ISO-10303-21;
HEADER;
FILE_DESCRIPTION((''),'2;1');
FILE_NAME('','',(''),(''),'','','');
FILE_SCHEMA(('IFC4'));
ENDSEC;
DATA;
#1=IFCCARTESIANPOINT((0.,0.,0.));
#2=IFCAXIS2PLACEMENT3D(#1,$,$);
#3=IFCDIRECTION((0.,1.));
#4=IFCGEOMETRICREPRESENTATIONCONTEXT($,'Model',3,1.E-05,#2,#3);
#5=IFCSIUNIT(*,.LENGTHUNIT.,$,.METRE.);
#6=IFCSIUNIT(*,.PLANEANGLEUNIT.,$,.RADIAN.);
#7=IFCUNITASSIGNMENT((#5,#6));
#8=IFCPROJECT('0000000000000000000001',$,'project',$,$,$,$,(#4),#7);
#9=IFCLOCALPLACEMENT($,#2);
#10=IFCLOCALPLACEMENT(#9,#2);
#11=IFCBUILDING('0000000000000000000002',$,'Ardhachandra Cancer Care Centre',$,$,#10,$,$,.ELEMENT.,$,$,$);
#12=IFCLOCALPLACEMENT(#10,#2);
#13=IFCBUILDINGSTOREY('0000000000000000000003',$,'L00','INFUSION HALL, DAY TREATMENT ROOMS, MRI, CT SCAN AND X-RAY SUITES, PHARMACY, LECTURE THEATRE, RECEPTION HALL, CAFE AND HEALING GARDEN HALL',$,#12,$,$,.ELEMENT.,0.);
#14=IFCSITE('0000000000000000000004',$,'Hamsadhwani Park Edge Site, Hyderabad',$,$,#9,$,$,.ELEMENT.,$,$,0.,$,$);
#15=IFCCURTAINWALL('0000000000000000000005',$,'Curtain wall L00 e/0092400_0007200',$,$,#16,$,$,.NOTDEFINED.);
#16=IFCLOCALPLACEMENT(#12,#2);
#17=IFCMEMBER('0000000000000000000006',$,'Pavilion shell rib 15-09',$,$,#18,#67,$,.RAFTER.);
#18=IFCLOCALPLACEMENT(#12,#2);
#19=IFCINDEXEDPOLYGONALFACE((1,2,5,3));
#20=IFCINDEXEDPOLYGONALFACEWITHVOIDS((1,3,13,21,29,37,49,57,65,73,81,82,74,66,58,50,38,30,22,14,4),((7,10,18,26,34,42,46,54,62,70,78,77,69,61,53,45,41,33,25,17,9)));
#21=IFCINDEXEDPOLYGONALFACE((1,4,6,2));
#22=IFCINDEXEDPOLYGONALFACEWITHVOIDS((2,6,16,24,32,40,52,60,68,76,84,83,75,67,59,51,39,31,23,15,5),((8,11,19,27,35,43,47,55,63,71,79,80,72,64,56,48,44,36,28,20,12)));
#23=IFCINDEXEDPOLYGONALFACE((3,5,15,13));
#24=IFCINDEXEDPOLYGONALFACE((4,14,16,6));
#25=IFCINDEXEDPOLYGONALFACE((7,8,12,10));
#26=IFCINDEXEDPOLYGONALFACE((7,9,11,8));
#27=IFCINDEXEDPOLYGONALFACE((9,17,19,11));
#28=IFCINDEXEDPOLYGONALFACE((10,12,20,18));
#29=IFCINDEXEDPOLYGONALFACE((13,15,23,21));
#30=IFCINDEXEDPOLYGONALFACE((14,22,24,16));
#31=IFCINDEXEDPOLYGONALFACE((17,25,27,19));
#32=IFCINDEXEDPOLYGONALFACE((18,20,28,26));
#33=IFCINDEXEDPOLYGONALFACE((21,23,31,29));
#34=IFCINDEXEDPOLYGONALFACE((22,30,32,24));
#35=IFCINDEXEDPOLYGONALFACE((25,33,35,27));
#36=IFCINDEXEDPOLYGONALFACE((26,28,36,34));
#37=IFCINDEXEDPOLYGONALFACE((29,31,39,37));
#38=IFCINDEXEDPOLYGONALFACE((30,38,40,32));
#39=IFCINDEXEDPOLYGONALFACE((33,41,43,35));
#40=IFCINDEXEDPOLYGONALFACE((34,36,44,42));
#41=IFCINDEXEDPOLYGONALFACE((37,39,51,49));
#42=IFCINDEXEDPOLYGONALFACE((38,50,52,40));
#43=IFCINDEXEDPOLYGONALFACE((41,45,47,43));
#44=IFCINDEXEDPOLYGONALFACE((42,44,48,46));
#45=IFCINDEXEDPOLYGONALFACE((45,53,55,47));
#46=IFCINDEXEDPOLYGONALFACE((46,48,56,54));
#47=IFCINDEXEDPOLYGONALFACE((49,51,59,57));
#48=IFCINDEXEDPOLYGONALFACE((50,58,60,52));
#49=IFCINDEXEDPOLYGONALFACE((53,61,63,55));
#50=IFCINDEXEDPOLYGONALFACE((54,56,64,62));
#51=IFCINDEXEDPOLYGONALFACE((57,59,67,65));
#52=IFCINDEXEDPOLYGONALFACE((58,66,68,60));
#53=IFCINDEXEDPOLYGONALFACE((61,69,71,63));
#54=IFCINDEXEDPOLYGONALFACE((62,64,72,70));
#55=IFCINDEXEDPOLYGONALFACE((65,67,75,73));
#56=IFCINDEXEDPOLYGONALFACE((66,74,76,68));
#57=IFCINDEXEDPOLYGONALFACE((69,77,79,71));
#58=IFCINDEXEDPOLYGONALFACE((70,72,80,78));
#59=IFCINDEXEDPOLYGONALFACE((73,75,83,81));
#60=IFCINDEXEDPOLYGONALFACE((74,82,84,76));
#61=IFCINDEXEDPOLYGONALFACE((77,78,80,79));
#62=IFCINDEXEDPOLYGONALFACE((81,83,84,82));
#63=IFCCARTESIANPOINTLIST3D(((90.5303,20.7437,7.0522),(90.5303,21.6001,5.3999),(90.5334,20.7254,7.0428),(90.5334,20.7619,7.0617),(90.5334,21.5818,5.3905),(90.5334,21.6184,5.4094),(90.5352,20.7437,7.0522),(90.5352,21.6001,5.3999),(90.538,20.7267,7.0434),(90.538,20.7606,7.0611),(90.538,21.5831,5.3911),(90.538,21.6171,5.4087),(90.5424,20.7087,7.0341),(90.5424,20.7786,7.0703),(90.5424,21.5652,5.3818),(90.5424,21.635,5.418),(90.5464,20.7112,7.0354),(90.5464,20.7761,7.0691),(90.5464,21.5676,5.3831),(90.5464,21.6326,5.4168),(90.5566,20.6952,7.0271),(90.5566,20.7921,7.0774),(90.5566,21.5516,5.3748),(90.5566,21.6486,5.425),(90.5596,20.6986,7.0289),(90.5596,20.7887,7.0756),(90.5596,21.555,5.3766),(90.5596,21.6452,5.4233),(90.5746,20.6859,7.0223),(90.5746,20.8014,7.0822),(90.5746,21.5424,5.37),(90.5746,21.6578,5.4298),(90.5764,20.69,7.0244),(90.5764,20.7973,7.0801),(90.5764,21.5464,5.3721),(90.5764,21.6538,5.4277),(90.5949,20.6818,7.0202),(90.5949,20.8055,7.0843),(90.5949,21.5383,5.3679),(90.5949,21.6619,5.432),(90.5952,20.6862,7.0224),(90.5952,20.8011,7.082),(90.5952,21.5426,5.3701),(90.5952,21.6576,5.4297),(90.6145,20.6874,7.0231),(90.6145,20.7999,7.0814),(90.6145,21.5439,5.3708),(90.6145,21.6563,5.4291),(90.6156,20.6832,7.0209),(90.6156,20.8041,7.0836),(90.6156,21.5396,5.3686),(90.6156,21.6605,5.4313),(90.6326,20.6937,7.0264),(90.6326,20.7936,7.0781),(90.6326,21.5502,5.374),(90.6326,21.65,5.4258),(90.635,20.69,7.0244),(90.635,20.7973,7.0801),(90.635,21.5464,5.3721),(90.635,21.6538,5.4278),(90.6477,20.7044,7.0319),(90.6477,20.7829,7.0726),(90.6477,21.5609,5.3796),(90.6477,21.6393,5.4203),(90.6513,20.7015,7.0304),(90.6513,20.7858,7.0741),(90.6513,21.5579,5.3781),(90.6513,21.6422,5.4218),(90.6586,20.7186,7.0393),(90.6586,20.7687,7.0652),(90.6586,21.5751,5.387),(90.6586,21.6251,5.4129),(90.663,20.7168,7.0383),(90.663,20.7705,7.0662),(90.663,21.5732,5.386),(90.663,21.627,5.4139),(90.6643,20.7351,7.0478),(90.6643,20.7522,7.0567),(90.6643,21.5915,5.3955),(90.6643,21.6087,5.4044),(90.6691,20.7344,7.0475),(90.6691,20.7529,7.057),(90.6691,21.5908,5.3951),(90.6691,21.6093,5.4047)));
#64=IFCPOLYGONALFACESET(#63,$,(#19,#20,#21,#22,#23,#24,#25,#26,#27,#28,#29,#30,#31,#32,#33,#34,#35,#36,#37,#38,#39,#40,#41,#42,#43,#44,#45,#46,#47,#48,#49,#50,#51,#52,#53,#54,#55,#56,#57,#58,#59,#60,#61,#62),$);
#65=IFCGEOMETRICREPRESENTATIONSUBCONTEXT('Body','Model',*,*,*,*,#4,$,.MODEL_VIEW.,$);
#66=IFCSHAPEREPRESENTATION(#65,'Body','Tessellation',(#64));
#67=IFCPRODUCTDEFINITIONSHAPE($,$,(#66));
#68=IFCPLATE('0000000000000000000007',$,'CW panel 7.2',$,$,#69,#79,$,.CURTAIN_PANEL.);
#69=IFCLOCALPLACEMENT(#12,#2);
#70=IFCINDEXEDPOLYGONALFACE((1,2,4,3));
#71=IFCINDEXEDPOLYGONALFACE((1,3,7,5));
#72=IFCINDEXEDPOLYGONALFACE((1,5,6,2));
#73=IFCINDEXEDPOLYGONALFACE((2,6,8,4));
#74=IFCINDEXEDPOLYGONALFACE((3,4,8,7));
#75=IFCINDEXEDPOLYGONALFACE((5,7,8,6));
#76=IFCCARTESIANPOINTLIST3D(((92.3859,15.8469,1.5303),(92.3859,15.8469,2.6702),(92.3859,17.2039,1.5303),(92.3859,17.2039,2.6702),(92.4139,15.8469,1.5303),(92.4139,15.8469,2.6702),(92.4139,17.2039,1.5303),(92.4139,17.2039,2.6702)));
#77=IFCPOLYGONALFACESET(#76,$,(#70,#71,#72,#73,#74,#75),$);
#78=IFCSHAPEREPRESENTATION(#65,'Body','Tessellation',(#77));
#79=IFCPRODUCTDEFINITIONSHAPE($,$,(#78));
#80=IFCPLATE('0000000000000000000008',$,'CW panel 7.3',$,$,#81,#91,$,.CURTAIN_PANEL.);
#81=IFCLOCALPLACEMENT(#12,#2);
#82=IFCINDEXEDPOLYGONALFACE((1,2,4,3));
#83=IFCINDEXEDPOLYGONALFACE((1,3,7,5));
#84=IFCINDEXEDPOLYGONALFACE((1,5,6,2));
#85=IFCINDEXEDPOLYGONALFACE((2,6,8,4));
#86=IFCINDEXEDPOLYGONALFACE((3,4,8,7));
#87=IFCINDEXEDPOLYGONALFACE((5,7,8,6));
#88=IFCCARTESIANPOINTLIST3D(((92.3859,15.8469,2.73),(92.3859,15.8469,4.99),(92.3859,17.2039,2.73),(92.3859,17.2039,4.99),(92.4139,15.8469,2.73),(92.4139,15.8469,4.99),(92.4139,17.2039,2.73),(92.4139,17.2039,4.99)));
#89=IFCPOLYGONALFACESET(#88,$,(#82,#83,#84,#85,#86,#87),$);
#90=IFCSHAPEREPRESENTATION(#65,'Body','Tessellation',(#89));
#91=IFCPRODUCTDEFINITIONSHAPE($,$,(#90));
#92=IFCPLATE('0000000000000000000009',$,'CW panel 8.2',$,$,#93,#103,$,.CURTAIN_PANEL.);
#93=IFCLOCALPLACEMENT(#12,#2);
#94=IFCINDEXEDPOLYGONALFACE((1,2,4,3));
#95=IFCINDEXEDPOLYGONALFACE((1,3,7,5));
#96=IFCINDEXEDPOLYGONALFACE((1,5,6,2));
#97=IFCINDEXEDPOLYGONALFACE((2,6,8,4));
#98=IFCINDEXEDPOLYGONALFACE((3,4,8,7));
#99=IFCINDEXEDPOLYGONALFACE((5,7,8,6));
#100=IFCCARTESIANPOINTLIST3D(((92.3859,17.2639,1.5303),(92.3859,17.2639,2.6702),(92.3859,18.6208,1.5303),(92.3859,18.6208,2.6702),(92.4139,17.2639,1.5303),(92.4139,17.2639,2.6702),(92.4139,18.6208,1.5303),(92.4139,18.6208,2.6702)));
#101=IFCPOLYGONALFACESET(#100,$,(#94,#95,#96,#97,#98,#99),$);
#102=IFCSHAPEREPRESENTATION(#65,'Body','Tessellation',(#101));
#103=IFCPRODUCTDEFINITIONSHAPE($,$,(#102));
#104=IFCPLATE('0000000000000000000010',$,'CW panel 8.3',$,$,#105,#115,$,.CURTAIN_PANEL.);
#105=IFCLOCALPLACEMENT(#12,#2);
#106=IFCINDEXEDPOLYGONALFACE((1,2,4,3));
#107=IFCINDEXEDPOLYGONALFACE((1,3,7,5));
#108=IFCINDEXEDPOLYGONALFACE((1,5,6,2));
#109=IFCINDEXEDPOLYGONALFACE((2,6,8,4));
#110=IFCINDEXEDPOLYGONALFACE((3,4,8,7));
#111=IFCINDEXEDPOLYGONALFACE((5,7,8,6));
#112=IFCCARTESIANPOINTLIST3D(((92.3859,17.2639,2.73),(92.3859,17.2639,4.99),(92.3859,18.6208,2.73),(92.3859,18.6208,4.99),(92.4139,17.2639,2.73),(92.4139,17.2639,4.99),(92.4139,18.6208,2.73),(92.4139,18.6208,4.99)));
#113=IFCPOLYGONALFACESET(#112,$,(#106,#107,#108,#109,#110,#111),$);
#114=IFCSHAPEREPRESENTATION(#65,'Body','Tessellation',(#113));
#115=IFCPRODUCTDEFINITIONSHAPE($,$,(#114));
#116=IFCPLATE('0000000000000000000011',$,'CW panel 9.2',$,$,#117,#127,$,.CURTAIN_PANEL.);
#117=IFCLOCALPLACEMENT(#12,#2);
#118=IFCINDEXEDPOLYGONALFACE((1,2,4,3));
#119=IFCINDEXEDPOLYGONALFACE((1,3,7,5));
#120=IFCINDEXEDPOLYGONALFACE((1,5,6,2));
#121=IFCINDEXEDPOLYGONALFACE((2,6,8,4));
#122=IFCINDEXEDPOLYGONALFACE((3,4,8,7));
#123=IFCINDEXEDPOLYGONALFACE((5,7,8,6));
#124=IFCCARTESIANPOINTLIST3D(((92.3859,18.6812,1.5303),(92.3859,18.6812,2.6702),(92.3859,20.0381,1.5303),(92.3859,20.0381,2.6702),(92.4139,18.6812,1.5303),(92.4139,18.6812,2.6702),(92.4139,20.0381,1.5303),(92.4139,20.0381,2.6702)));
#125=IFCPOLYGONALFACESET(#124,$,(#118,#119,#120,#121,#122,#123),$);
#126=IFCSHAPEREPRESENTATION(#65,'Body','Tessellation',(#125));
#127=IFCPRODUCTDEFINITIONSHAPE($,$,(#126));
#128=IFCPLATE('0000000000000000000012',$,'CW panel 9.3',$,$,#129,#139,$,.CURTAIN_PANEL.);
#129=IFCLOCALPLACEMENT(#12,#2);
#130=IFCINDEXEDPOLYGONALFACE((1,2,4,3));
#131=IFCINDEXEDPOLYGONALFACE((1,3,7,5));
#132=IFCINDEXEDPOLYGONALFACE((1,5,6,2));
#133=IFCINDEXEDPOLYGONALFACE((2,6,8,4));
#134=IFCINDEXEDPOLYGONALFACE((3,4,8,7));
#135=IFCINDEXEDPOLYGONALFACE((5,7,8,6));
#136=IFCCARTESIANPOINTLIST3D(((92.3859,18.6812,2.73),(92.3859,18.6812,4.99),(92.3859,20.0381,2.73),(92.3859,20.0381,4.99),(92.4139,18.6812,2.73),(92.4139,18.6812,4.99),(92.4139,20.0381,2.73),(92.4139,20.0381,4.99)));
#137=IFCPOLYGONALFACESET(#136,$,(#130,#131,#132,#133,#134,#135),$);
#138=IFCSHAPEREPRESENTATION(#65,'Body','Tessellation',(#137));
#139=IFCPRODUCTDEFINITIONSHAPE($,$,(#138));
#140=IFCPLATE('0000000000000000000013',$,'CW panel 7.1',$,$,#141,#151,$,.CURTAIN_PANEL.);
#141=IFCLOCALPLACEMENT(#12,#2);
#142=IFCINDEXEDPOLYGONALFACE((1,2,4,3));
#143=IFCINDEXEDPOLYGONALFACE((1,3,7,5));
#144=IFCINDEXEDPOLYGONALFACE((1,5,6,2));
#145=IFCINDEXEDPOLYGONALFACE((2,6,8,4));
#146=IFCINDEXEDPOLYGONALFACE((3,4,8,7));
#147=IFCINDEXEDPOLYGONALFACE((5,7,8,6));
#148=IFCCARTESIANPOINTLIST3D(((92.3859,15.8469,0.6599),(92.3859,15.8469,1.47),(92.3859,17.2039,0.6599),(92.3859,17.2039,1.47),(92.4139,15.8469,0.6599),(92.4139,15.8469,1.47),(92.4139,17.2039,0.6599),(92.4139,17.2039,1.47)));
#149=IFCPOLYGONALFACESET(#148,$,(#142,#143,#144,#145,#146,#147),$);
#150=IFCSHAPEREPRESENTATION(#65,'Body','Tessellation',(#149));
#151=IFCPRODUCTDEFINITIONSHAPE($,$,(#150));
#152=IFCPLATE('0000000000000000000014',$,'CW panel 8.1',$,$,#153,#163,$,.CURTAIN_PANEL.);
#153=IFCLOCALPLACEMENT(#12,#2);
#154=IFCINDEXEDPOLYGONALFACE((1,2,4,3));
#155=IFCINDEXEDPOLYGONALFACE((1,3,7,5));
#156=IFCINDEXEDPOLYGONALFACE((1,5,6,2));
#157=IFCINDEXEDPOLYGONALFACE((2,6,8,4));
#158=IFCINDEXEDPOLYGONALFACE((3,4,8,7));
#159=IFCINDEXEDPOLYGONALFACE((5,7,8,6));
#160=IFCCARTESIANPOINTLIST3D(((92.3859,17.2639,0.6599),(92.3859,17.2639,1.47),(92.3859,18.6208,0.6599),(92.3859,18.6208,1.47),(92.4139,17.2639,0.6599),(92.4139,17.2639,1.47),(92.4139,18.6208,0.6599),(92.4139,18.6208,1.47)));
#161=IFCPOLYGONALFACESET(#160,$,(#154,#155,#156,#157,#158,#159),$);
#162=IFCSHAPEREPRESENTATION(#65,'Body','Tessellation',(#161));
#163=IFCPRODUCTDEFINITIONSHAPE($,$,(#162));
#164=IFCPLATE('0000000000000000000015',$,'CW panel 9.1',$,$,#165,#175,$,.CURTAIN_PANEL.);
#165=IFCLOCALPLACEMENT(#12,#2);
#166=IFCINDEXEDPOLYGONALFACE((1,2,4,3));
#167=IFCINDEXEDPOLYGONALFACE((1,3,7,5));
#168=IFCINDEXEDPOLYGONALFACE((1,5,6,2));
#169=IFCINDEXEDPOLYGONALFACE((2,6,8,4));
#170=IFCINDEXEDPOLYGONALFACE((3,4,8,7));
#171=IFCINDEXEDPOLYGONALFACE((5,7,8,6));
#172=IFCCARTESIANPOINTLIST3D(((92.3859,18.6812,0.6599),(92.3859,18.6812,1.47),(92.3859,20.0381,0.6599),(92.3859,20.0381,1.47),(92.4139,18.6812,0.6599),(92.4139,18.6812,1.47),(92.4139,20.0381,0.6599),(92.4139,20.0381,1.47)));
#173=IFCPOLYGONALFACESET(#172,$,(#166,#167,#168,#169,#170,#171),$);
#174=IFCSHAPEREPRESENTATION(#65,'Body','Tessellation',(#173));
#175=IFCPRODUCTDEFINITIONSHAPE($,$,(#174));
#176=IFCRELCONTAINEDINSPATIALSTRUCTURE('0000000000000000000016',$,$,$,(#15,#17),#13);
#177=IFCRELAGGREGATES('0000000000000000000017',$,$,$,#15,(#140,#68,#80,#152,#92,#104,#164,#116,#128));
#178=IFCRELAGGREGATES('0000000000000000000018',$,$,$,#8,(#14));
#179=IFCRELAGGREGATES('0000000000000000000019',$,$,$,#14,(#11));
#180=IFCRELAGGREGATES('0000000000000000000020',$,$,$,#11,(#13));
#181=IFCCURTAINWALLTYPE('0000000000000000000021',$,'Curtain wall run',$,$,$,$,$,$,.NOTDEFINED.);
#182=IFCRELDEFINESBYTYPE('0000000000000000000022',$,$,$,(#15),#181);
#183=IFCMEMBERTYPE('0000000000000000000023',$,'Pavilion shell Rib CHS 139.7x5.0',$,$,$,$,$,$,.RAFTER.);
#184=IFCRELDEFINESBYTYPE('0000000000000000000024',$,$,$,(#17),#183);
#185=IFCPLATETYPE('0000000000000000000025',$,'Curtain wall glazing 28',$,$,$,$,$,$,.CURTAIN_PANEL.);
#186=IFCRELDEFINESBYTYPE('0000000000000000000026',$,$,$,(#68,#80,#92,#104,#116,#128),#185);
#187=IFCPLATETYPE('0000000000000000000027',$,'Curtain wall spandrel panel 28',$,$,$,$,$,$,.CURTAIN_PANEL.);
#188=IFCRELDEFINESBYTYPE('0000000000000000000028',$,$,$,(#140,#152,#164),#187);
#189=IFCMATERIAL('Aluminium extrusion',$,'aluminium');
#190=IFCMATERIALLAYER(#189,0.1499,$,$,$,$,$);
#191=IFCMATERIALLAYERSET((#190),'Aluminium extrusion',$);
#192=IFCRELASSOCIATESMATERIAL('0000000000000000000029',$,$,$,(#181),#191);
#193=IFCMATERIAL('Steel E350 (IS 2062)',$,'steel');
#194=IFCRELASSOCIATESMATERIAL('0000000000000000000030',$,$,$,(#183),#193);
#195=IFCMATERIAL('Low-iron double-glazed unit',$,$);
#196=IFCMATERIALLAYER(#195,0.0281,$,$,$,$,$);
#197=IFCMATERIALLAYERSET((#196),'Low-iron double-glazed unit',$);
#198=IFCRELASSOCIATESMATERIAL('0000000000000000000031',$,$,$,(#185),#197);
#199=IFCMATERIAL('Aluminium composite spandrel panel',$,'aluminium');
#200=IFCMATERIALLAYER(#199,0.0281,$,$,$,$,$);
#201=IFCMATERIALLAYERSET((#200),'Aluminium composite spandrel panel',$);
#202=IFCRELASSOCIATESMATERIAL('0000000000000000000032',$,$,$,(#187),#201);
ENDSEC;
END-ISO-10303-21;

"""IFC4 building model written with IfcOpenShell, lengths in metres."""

from ifc_helpers import new_model, si_unit, direction, frame, origin, origin_2d, place, context, subcontext, project, spatial, rectangle, hollow_circle, extrude, material, layer, layer_set, material_profile, profile_set, type_object, element, aggregate, save


model = new_model("IFC4")

# Units and contexts
model_context = context("Model", 3, precision=1e-05, world=origin(), true_north=direction((0.0, 1.0)))
body_context = subcontext(model_context, "Body", "Model", "MODEL_VIEW")
ifc_project = project(units=[si_unit("LENGTHUNIT", "METRE"), si_unit("PLANEANGLEUNIT", "RADIAN")], contexts=[model_context])

# Site, building, storey
site_placement = place(None, origin())
site = spatial("IfcSite", under=ifc_project, at=site_placement, Name="Hamsadhwani Park Edge Site, Hyderabad", CompositionType="ELEMENT", RefElevation=0.0)
building_placement = place(site_placement, origin())
building = spatial("IfcBuilding", under=site, at=building_placement, Name="Ardhachandra Cancer Care Centre", CompositionType="ELEMENT")
storey_placement = place(building_placement, origin())
storey = spatial("IfcBuildingStorey", under=building, at=storey_placement, Name="L00", Description="INFUSION HALL, DAY TREATMENT ROOMS, MRI, CT SCAN AND X-RAY SUITES, PHARMACY, LECTURE THEATRE, RECEPTION HALL, CAFE AND HEALING GARDEN HALL", CompositionType="ELEMENT", Elevation=0.0)

# Curtain wall
ifc_material_1 = material(Name="Aluminium extrusion", Category="aluminium")
ifc_layer_1 = layer(ifc_material_1, 0.1499)
ifc_layer_set_1 = layer_set([ifc_layer_1], Name="Aluminium extrusion")
curtain_wall_type = type_object("IfcCurtainWallType", Name="Curtain wall run", PredefinedType="NOTDEFINED", material=ifc_layer_set_1)
curtain_wall_placement = place(storey_placement, origin())
curtain_wall = element("IfcCurtainWall", 1, at=curtain_wall_placement, inside=storey, type_object=curtain_wall_type, Name="Curtain wall L00 e/0092400_0007200", PredefinedType="NOTDEFINED")

# Member
ifc_material_2 = material(Name="Steel E350 (IS 2062)", Category="steel")
ifc_material_profile_1 = material_profile(ifc_material_2, hollow_circle(Radius=0.0698, WallThickness=0.0049, at=origin_2d()), Name="CHS 139.7x5.0")
ifc_profile_set_1 = profile_set([ifc_material_profile_1], Name="Steel E350 (IS 2062)")
member_type_1 = type_object("IfcMemberType", Name="Pavilion shell Rib CHS 139.7x5.0", PredefinedType="RAFTER", material=ifc_profile_set_1)
member_1_placement = place(storey_placement, frame((90.6001, 20.7437, 7.0522), z_axis=(0.0, 0.460179, -0.887826), x_axis=(-1.0, 0.0, 0.0)))
element("IfcMember", 2, at=member_1_placement, inside=storey, type_object=member_type_1, Name="Pavilion shell rib 15-09", PredefinedType="RAFTER", context=body_context, shape_type="SweptSolid", body=[
    extrude(hollow_circle(Radius=0.0698, WallThickness=0.0049, at=origin_2d()), origin(), (0.0, 0.0, 1.0), 1.8611),
])

# Plates
ifc_material_3 = material(Name="Low-iron double-glazed unit")
ifc_layer_2 = layer(ifc_material_3, 0.0281)
ifc_layer_set_2 = layer_set([ifc_layer_2], Name="Low-iron double-glazed unit")
plate_type_1 = type_object("IfcPlateType", Name="Curtain wall glazing 28", PredefinedType="CURTAIN_PANEL", material=ifc_layer_set_2)
plate_1_placement = place(storey_placement, frame((92.3999, 16.5254, 1.5303), z_axis=(0.0, 0.0, 1.0), x_axis=(0.0, 1.0, 0.0)))
plate_1 = element("IfcPlate", 3, at=plate_1_placement, type_object=plate_type_1, Name="CW panel 7.2", PredefinedType="CURTAIN_PANEL", context=body_context, shape_type="SweptSolid", body=[
    extrude(rectangle(XDim=1.3569, YDim=0.0281, at=origin_2d()), origin(), (0.0, 0.0, 1.0), 1.1399),
])
plate_2_placement = place(storey_placement, frame((92.3999, 16.5254, 2.73), z_axis=(0.0, 0.0, 1.0), x_axis=(0.0, 1.0, 0.0)))
plate_2 = element("IfcPlate", 4, at=plate_2_placement, type_object=plate_type_1, Name="CW panel 7.3", PredefinedType="CURTAIN_PANEL", context=body_context, shape_type="SweptSolid", body=[
    extrude(rectangle(XDim=1.3569, YDim=0.0281, at=origin_2d()), origin(), (0.0, 0.0, 1.0), 2.26),
])
plate_3_placement = place(storey_placement, frame((92.3999, 17.9424, 1.5303), z_axis=(0.0, 0.0, 1.0), x_axis=(0.0, 1.0, 0.0)))
plate_3 = element("IfcPlate", 5, at=plate_3_placement, type_object=plate_type_1, Name="CW panel 8.2", PredefinedType="CURTAIN_PANEL", context=body_context, shape_type="SweptSolid", body=[
    extrude(rectangle(XDim=1.3569, YDim=0.0281, at=origin_2d()), origin(), (0.0, 0.0, 1.0), 1.1399),
])
plate_4_placement = place(storey_placement, frame((92.3999, 17.9424, 2.73), z_axis=(0.0, 0.0, 1.0), x_axis=(0.0, 1.0, 0.0)))
plate_4 = element("IfcPlate", 6, at=plate_4_placement, type_object=plate_type_1, Name="CW panel 8.3", PredefinedType="CURTAIN_PANEL", context=body_context, shape_type="SweptSolid", body=[
    extrude(rectangle(XDim=1.3569, YDim=0.0281, at=origin_2d()), origin(), (0.0, 0.0, 1.0), 2.26),
])
plate_5_placement = place(storey_placement, frame((92.3999, 19.3596, 1.5303), z_axis=(0.0, 0.0, 1.0), x_axis=(0.0, 1.0, 0.0)))
plate_5 = element("IfcPlate", 7, at=plate_5_placement, type_object=plate_type_1, Name="CW panel 9.2", PredefinedType="CURTAIN_PANEL", context=body_context, shape_type="SweptSolid", body=[
    extrude(rectangle(XDim=1.3569, YDim=0.0281, at=origin_2d()), origin(), (0.0, 0.0, 1.0), 1.1399),
])
plate_6_placement = place(storey_placement, frame((92.3999, 19.3596, 2.73), z_axis=(0.0, 0.0, 1.0), x_axis=(0.0, 1.0, 0.0)))
plate_6 = element("IfcPlate", 8, at=plate_6_placement, type_object=plate_type_1, Name="CW panel 9.3", PredefinedType="CURTAIN_PANEL", context=body_context, shape_type="SweptSolid", body=[
    extrude(rectangle(XDim=1.3569, YDim=0.0281, at=origin_2d()), origin(), (0.0, 0.0, 1.0), 2.26),
])
ifc_material_4 = material(Name="Aluminium composite spandrel panel", Category="aluminium")
ifc_layer_3 = layer(ifc_material_4, 0.0281)
ifc_layer_set_3 = layer_set([ifc_layer_3], Name="Aluminium composite spandrel panel")
plate_type_2 = type_object("IfcPlateType", Name="Curtain wall spandrel panel 28", PredefinedType="CURTAIN_PANEL", material=ifc_layer_set_3)
plate_7_placement = place(storey_placement, frame((92.3999, 16.5254, 0.6599), z_axis=(0.0, 0.0, 1.0), x_axis=(0.0, 1.0, 0.0)))
plate_7 = element("IfcPlate", 9, at=plate_7_placement, type_object=plate_type_2, Name="CW panel 7.1", PredefinedType="CURTAIN_PANEL", context=body_context, shape_type="SweptSolid", body=[
    extrude(rectangle(XDim=1.3569, YDim=0.0281, at=origin_2d()), origin(), (0.0, 0.0, 1.0), 0.8101),
])
plate_8_placement = place(storey_placement, frame((92.3999, 17.9424, 0.6599), z_axis=(0.0, 0.0, 1.0), x_axis=(0.0, 1.0, 0.0)))
plate_8 = element("IfcPlate", 10, at=plate_8_placement, type_object=plate_type_2, Name="CW panel 8.1", PredefinedType="CURTAIN_PANEL", context=body_context, shape_type="SweptSolid", body=[
    extrude(rectangle(XDim=1.3569, YDim=0.0281, at=origin_2d()), origin(), (0.0, 0.0, 1.0), 0.8101),
])
plate_9_placement = place(storey_placement, frame((92.3999, 19.3596, 0.6599), z_axis=(0.0, 0.0, 1.0), x_axis=(0.0, 1.0, 0.0)))
plate_9 = element("IfcPlate", 11, at=plate_9_placement, type_object=plate_type_2, Name="CW panel 9.1", PredefinedType="CURTAIN_PANEL", context=body_context, shape_type="SweptSolid", body=[
    extrude(rectangle(XDim=1.3569, YDim=0.0281, at=origin_2d()), origin(), (0.0, 0.0, 1.0), 0.8101),
])
aggregate(curtain_wall, [plate_7, plate_1, plate_2, plate_8, plate_3, plate_4, plate_9, plate_5, plate_6])

save(model, "model.ifc")
